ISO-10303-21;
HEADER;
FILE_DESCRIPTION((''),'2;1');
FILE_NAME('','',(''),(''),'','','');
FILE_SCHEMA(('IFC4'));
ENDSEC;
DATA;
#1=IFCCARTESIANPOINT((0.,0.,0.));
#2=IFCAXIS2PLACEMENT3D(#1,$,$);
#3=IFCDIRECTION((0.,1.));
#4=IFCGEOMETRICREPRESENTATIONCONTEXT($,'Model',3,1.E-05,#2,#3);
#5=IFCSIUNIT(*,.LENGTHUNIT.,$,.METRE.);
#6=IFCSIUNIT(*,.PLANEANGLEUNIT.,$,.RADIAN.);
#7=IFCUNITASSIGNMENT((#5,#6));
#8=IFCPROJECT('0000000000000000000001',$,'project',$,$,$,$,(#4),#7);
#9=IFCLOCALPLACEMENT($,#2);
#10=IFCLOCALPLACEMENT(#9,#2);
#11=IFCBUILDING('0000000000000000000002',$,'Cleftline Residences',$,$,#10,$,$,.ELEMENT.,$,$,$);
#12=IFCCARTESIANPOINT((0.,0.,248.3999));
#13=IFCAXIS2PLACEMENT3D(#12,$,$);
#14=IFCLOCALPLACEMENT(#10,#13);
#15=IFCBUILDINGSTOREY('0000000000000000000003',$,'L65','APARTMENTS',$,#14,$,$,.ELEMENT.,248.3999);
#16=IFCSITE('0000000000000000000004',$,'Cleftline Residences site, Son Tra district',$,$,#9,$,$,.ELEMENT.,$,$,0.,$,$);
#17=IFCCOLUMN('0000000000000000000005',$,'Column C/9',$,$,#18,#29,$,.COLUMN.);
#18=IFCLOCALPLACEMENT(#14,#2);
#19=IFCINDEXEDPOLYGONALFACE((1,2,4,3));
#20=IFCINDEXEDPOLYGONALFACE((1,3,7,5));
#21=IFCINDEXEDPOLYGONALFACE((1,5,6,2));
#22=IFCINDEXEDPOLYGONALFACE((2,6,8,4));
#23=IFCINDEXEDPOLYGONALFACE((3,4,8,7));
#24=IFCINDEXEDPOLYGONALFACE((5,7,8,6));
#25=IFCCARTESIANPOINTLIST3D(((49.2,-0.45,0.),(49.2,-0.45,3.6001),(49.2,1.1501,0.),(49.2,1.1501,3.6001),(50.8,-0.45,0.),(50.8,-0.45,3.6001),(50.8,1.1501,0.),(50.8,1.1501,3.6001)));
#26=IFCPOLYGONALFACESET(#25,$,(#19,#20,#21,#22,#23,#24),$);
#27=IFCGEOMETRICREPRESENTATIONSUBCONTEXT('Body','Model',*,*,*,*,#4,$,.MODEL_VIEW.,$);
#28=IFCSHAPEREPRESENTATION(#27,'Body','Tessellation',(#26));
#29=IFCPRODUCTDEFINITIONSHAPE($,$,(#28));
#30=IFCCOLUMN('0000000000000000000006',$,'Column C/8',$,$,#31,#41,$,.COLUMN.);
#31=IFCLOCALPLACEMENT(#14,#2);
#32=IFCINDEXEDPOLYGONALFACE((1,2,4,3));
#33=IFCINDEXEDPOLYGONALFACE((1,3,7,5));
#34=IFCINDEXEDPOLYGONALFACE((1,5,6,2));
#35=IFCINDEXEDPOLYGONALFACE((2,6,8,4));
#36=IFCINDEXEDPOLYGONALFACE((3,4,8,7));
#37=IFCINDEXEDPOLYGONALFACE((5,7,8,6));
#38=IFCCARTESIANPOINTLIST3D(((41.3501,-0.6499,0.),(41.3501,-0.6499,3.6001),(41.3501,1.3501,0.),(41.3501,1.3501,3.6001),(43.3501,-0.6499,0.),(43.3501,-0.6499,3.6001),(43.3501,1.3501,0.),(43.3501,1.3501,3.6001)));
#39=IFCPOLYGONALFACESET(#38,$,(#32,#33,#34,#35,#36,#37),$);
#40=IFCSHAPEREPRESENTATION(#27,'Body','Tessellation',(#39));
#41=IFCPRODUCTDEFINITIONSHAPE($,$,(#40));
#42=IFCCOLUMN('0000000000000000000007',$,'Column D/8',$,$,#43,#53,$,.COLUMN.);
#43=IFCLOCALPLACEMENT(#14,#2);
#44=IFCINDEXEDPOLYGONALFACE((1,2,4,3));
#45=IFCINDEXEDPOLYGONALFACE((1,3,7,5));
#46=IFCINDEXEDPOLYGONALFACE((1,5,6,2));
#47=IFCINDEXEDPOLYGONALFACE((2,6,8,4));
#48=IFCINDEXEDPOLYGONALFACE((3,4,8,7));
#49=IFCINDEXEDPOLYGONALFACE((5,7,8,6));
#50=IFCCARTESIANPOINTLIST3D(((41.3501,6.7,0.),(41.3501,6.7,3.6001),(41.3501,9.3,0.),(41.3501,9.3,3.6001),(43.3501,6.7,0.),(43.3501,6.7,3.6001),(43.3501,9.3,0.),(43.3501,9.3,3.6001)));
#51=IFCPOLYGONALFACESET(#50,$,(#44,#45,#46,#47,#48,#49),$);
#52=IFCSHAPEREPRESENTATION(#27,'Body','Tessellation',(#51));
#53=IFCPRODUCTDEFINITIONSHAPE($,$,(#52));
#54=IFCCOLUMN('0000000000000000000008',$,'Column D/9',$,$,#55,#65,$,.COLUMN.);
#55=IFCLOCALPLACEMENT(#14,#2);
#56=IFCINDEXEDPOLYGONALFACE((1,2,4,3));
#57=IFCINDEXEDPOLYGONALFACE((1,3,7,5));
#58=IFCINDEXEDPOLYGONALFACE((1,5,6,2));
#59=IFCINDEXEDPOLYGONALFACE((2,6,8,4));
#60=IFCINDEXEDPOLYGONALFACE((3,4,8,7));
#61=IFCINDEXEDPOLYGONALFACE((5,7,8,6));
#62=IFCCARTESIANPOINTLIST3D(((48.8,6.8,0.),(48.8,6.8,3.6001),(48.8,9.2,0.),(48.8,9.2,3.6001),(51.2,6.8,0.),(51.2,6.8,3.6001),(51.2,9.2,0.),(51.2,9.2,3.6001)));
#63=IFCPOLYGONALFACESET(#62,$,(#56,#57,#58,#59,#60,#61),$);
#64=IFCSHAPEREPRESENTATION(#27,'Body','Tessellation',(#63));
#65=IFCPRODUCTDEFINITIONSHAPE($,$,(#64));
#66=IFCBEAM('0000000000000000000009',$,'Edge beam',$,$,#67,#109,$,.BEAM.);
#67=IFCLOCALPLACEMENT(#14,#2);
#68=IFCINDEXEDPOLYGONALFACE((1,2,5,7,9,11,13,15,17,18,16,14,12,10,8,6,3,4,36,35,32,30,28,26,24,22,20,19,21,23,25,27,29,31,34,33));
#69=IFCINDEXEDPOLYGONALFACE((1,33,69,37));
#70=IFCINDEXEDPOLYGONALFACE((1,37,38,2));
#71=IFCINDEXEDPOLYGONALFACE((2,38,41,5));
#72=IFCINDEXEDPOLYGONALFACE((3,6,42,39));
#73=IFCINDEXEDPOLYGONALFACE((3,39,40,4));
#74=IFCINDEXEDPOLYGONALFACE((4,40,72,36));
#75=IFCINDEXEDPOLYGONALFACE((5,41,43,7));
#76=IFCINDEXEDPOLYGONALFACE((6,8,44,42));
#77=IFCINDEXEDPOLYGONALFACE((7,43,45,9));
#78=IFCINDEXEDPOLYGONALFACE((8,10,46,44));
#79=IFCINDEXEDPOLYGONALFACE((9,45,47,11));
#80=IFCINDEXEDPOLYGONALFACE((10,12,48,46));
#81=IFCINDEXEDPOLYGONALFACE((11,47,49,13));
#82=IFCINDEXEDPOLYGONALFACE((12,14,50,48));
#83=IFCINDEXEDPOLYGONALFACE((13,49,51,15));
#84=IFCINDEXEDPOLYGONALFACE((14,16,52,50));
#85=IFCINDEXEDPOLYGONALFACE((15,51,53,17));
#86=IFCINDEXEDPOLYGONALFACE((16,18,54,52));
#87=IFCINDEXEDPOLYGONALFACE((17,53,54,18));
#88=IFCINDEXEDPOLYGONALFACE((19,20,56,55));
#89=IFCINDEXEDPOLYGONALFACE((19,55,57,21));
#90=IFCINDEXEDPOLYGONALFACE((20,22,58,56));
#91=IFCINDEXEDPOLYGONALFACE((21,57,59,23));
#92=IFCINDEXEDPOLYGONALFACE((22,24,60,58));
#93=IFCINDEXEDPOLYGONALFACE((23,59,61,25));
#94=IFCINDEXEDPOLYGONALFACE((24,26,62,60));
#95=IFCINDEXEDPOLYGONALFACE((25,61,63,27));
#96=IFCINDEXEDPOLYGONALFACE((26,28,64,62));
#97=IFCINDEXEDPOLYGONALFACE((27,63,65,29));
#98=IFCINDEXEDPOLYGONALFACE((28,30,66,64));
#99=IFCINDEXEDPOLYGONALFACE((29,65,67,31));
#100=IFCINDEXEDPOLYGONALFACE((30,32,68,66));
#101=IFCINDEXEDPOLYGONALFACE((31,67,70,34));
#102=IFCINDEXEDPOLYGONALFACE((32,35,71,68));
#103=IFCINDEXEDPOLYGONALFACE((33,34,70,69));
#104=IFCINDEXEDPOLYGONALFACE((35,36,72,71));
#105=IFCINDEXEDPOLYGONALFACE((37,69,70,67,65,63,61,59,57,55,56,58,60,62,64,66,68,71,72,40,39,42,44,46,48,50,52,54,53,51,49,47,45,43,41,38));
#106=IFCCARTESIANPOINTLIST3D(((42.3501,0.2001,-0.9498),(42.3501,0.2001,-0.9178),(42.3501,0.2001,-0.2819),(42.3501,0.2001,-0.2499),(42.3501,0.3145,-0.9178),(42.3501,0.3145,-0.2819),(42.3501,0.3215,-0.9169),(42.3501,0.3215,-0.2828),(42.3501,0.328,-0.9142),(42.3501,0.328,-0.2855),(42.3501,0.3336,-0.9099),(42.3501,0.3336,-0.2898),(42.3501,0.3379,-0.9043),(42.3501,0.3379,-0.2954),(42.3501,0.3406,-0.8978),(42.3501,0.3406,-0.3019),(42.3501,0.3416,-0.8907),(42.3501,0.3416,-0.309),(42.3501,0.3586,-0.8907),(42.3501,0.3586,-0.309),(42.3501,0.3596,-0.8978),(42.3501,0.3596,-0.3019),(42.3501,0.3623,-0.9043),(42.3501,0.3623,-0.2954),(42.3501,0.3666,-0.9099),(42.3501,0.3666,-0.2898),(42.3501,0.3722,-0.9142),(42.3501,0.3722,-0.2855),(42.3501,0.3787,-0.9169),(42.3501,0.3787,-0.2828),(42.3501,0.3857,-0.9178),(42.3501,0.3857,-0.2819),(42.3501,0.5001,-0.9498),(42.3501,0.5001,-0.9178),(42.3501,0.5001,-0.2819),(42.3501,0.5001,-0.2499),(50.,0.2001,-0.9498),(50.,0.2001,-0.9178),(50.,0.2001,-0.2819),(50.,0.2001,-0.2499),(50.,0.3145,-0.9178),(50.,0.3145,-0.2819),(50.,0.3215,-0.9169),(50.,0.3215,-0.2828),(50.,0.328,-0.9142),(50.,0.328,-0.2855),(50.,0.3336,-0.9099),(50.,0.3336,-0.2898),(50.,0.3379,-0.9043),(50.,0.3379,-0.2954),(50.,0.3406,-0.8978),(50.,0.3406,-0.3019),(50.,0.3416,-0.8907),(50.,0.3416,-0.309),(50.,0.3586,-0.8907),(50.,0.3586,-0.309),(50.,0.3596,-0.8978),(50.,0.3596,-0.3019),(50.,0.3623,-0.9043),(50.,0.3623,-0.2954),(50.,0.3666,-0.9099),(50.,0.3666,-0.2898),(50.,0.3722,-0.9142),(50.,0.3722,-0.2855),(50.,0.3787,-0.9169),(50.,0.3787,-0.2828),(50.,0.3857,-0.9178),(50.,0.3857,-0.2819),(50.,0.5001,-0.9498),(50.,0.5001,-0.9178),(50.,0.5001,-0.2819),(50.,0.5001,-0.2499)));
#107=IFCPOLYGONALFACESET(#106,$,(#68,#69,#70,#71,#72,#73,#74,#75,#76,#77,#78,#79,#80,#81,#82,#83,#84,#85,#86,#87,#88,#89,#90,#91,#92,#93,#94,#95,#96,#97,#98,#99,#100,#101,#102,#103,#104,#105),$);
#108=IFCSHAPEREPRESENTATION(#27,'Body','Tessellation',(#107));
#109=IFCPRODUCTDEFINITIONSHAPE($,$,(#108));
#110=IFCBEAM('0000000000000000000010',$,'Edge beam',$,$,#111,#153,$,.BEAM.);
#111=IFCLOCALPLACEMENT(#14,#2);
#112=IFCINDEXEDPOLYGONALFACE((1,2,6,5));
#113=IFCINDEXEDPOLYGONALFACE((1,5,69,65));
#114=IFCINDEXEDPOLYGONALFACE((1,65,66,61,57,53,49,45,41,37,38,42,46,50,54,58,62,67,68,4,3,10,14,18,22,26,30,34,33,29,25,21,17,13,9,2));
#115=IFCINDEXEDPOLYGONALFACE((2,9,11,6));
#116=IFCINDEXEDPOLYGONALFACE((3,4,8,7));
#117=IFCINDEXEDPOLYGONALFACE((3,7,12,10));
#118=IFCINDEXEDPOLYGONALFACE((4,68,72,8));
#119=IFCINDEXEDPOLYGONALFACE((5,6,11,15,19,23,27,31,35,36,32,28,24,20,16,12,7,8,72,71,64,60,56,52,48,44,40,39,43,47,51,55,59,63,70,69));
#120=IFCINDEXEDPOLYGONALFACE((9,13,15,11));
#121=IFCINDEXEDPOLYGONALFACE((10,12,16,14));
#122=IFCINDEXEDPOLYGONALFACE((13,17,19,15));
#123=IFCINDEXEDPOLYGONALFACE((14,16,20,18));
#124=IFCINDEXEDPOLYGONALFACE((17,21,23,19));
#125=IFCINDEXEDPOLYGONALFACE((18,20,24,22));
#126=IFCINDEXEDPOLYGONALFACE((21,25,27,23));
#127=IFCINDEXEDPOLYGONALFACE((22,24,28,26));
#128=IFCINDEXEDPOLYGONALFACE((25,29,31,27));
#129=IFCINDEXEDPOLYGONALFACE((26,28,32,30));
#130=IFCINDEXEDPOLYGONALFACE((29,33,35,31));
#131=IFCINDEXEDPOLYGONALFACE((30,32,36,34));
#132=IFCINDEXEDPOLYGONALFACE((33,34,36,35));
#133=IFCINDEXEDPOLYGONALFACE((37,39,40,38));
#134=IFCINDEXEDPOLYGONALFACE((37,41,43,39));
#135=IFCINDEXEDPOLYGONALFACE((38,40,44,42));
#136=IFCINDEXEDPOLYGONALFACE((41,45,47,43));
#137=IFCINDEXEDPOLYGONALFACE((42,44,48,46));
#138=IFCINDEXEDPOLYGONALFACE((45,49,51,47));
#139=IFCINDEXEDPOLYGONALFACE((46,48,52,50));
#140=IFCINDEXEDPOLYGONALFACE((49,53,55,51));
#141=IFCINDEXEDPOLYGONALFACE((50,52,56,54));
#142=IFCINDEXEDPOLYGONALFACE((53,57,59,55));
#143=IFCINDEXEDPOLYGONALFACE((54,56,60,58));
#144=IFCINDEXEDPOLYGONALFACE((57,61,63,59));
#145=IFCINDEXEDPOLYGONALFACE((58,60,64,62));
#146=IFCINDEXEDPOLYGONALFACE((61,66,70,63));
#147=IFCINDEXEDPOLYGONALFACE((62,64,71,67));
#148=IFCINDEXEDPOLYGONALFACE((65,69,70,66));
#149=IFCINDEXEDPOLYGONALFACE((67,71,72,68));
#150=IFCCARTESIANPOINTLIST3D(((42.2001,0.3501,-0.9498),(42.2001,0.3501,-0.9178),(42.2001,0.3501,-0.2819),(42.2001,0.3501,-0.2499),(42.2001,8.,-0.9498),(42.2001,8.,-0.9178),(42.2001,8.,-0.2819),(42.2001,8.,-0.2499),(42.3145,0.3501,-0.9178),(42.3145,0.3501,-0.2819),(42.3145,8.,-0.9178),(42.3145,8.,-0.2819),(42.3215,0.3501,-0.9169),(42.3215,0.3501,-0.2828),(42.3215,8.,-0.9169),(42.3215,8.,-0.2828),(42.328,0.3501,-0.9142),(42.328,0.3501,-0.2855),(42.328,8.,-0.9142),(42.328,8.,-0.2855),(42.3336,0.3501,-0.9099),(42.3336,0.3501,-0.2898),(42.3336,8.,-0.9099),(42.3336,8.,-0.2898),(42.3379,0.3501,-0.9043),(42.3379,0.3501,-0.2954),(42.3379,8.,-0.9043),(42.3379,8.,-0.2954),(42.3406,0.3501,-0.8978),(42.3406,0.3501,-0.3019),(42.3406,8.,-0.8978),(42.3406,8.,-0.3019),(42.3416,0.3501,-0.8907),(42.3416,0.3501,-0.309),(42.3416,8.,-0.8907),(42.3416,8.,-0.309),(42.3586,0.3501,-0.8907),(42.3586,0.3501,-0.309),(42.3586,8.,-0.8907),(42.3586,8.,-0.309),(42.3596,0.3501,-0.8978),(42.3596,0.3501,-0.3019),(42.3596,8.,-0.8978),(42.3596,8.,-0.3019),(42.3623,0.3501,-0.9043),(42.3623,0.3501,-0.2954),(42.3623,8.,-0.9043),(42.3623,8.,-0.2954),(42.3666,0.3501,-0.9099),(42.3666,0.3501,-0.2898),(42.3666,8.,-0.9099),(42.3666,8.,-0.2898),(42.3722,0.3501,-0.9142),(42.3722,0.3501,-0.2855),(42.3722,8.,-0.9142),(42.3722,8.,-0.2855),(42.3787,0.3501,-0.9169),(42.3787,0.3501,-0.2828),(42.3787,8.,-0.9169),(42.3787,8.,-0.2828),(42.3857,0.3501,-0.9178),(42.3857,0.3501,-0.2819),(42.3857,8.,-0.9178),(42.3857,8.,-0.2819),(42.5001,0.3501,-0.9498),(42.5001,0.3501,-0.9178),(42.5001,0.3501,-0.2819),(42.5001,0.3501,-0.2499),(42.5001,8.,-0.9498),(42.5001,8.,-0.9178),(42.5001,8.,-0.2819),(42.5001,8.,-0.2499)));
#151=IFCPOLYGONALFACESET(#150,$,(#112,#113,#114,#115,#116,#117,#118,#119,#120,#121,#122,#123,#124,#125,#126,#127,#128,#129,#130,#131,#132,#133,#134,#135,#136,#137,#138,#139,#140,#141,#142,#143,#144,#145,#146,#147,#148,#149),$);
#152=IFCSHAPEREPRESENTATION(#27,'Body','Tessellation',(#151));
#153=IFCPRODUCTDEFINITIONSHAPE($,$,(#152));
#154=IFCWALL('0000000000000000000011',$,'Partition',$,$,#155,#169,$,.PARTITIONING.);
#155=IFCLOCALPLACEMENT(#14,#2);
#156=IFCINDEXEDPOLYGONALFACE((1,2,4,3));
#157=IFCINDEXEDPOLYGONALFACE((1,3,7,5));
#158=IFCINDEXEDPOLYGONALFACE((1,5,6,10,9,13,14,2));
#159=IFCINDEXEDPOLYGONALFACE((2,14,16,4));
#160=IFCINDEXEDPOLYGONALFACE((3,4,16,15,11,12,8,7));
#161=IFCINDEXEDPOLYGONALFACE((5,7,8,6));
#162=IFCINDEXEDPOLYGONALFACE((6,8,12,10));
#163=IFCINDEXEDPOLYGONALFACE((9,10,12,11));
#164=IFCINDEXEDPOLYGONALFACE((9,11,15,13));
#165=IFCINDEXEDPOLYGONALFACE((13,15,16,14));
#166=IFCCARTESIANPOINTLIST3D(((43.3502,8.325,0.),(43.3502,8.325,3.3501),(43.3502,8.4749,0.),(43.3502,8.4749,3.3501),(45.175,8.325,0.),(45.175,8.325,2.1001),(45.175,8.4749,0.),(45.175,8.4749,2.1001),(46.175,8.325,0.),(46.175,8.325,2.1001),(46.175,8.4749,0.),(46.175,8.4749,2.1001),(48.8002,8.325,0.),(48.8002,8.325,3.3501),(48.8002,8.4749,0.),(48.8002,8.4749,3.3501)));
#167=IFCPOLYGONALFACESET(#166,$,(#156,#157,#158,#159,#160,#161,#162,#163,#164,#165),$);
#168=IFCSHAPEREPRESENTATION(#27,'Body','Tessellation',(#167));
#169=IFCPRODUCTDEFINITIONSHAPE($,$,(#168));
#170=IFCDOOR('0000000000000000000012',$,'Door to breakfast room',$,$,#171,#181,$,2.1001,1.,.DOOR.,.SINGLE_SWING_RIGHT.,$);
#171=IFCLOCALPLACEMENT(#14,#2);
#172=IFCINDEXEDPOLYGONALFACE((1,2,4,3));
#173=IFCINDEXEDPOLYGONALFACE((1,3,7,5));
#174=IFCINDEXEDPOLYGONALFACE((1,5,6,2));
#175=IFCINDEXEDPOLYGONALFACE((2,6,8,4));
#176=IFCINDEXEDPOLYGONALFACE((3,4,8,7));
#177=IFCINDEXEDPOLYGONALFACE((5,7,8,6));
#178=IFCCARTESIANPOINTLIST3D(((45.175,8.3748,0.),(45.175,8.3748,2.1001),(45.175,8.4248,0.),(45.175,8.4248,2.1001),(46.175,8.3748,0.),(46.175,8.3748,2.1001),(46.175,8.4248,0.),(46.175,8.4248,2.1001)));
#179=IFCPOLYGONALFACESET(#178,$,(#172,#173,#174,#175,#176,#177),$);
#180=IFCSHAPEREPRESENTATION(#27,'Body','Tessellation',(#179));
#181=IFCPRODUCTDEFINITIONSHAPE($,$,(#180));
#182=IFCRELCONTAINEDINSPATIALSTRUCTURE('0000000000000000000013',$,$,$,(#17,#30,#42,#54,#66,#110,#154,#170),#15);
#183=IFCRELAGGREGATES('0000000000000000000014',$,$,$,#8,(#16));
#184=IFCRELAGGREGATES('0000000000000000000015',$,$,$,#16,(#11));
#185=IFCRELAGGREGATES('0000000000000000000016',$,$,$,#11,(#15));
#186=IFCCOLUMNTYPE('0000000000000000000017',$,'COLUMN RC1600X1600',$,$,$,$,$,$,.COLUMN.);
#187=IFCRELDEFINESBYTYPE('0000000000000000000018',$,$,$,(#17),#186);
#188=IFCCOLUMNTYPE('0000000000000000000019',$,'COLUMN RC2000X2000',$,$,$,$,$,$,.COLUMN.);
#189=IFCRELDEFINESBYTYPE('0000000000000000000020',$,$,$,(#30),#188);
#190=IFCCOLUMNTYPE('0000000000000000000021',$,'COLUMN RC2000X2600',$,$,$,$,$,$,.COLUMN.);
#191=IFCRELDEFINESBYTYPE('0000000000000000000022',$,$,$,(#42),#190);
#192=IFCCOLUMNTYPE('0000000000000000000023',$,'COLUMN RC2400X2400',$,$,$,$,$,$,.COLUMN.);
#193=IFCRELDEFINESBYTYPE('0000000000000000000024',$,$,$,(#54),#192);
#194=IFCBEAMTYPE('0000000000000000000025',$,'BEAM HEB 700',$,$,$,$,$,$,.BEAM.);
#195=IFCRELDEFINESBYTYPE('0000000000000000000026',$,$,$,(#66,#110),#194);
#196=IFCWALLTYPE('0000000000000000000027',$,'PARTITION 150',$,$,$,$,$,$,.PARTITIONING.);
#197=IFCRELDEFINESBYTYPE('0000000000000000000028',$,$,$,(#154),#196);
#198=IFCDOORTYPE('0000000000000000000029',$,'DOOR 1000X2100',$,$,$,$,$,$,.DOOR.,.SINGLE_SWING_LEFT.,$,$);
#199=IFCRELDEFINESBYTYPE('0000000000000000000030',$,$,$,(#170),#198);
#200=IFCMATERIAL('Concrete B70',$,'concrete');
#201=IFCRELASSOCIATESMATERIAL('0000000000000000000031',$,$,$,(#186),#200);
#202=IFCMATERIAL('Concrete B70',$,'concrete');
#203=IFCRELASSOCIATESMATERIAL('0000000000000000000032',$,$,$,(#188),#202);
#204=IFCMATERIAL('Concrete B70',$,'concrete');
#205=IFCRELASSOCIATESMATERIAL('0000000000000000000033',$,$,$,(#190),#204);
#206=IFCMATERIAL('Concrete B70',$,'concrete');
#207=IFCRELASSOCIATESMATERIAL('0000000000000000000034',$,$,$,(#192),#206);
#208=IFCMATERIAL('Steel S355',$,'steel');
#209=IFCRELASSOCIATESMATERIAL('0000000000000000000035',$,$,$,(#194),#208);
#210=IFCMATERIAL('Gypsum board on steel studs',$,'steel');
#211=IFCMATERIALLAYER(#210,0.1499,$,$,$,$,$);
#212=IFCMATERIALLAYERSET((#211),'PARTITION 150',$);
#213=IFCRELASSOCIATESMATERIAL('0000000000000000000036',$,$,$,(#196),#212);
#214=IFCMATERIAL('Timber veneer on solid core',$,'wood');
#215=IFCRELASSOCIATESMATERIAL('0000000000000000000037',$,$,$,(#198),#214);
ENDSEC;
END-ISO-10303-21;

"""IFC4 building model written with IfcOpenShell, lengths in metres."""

from ifc_helpers import new_model, si_unit, direction, frame, frame_2d, origin, origin_2d, place, context, subcontext, project, spatial, rectangle, i_section, extrude, material, layer, layer_set, material_profile, profile_set, type_object, element, fill, save


model = new_model("IFC4")

# Units and contexts
model_context = context("Model", 3, precision=1e-05, world=origin(), true_north=direction((0.0, 1.0)))
body_context = subcontext(model_context, "Body", "Model", "MODEL_VIEW")
ifc_project = project(units=[si_unit("LENGTHUNIT", "METRE"), si_unit("PLANEANGLEUNIT", "RADIAN")], contexts=[model_context])

# Site, building, storey
site_placement = place(None, origin())
site = spatial("IfcSite", under=ifc_project, at=site_placement, Name="Cleftline Residences site, Son Tra district", CompositionType="ELEMENT", RefElevation=0.0)
building_placement = place(site_placement, origin())
building = spatial("IfcBuilding", under=site, at=building_placement, Name="Cleftline Residences", CompositionType="ELEMENT")
storey_placement = place(building_placement, frame((0.0, 0.0, 248.3999)))
storey = spatial("IfcBuildingStorey", under=building, at=storey_placement, Name="L65", Description="APARTMENTS", CompositionType="ELEMENT", Elevation=248.3999)

# Columns
ifc_material_1 = material(Name="Concrete B70", Category="concrete")
ifc_material_profile_1 = material_profile(ifc_material_1, rectangle(XDim=1.6001, YDim=1.6001, at=origin_2d()))
ifc_profile_set_1 = profile_set([ifc_material_profile_1], Name="Concrete B70")
column_type_1 = type_object("IfcColumnType", Name="COLUMN RC1600X1600", PredefinedType="COLUMN", material=ifc_profile_set_1)
column_1_placement = place(storey_placement, frame((50.0, 0.3501, 0.0), z_axis=(0.0, 0.0, 1.0), x_axis=(1.0, 0.0, 0.0)))
element("IfcColumn", 1, at=column_1_placement, inside=storey, type_object=column_type_1, Name="Column C/9", PredefinedType="COLUMN", context=body_context, shape_type="SweptSolid", body=[
    extrude(rectangle(XDim=1.6001, YDim=1.6001, at=origin_2d()), origin(), (0.0, 0.0, 1.0), 3.6001),
])
ifc_material_2 = material(Name="Concrete B70", Category="concrete")
ifc_material_profile_2 = material_profile(ifc_material_2, rectangle(XDim=2.0, YDim=2.0, at=origin_2d()))
ifc_profile_set_2 = profile_set([ifc_material_profile_2], Name="Concrete B70")
column_type_2 = type_object("IfcColumnType", Name="COLUMN RC2000X2000", PredefinedType="COLUMN", material=ifc_profile_set_2)
column_2_placement = place(storey_placement, frame((42.3501, 0.3501, 0.0), z_axis=(0.0, 0.0, 1.0), x_axis=(1.0, 0.0, 0.0)))
element("IfcColumn", 2, at=column_2_placement, inside=storey, type_object=column_type_2, Name="Column C/8", PredefinedType="COLUMN", context=body_context, shape_type="SweptSolid", body=[
    extrude(rectangle(XDim=2.0, YDim=2.0, at=origin_2d()), origin(), (0.0, 0.0, 1.0), 3.6001),
])
ifc_material_3 = material(Name="Concrete B70", Category="concrete")
ifc_material_profile_3 = material_profile(ifc_material_3, rectangle(XDim=2.0, YDim=2.6001, at=origin_2d()))
ifc_profile_set_3 = profile_set([ifc_material_profile_3], Name="Concrete B70")
column_type_3 = type_object("IfcColumnType", Name="COLUMN RC2000X2600", PredefinedType="COLUMN", material=ifc_profile_set_3)
column_3_placement = place(storey_placement, frame((42.3501, 8.0, 0.0), z_axis=(0.0, 0.0, 1.0), x_axis=(1.0, 0.0, 0.0)))
element("IfcColumn", 3, at=column_3_placement, inside=storey, type_object=column_type_3, Name="Column D/8", PredefinedType="COLUMN", context=body_context, shape_type="SweptSolid", body=[
    extrude(rectangle(XDim=2.0, YDim=2.6001, at=origin_2d()), origin(), (0.0, 0.0, 1.0), 3.6001),
])
ifc_material_4 = material(Name="Concrete B70", Category="concrete")
ifc_material_profile_4 = material_profile(ifc_material_4, rectangle(XDim=2.3999, YDim=2.3999, at=origin_2d()))
ifc_profile_set_4 = profile_set([ifc_material_profile_4], Name="Concrete B70")
column_type_4 = type_object("IfcColumnType", Name="COLUMN RC2400X2400", PredefinedType="COLUMN", material=ifc_profile_set_4)
column_4_placement = place(storey_placement, frame((50.0, 8.0, 0.0), z_axis=(0.0, 0.0, 1.0), x_axis=(1.0, 0.0, 0.0)))
element("IfcColumn", 4, at=column_4_placement, inside=storey, type_object=column_type_4, Name="Column D/9", PredefinedType="COLUMN", context=body_context, shape_type="SweptSolid", body=[
    extrude(rectangle(XDim=2.3999, YDim=2.3999, at=origin_2d()), origin(), (0.0, 0.0, 1.0), 3.6001),
])

# Beams
ifc_material_5 = material(Name="Steel S355", Category="steel")
ifc_material_profile_5 = material_profile(ifc_material_5, i_section(OverallWidth=0.3, OverallDepth=0.7, WebThickness=0.0171, FlangeThickness=0.032, FilletRadius=0.0271, at=origin_2d()))
ifc_profile_set_5 = profile_set([ifc_material_profile_5], Name="Steel S355")
beam_type = type_object("IfcBeamType", Name="BEAM HEB 700", PredefinedType="BEAM", material=ifc_profile_set_5)
for number, where, z_axis, x_axis, name in (
    (5, (50.0, 0.3501, -0.5999), (-1.0, 0.0, 0.0), (0.0, -1.0, 0.0), "Edge beam"),
    (6, (42.3501, 0.3501, -0.5999), (0.0, 1.0, 0.0), (-1.0, 0.0, 0.0), "Edge beam"),
):
    element("IfcBeam", number, at=place(storey_placement, frame(where, z_axis=z_axis, x_axis=x_axis)), inside=storey, type_object=beam_type, Name=name, PredefinedType="BEAM", context=body_context, shape_type="SweptSolid", body=[
        extrude(i_section(OverallWidth=0.3, OverallDepth=0.7, WebThickness=0.0171, FlangeThickness=0.032, FilletRadius=0.0271, at=origin_2d()), origin(), (0.0, 0.0, 1.0), 7.6499),
    ])

# Wall, opening, door
ifc_material_6 = material(Name="Gypsum board on steel studs", Category="steel")
ifc_layer_1 = layer(ifc_material_6, 0.1499)
ifc_layer_set_1 = layer_set([ifc_layer_1], Name="PARTITION 150")
wall_type_1 = type_object("IfcWallType", Name="PARTITION 150", PredefinedType="PARTITIONING", material=ifc_layer_set_1)
wall_1_placement = place(storey_placement, frame((43.3501, 8.3999, 0.0), z_axis=(0.0, 0.0, 1.0), x_axis=(1.0, 0.0, 0.0)))
wall_1 = element("IfcWall", 7, at=wall_1_placement, inside=storey, type_object=wall_type_1, Name="Partition", PredefinedType="PARTITIONING", context=body_context, shape_type="SweptSolid", body=[
    extrude(rectangle(XDim=5.45, YDim=0.1499, at=frame_2d((2.7251, 0.0))), origin(), (0.0, 0.0, 1.0), 3.3501),
])
opening_1_placement = place(wall_1_placement, frame((1.825, 0.0, 0.0)))
opening_1 = element("IfcOpeningElement", 8, at=opening_1_placement, cuts=wall_1, PredefinedType="OPENING", context=body_context, shape_type="SweptSolid", body=[
    extrude(rectangle(XDim=1.0, YDim=2.1001, at=frame_2d((0.5, 1.05))), frame((0.0, 0.085, 0.0), z_axis=(0.0, -1.0, 0.0), x_axis=(1.0, 0.0, 0.0)), (0.0, 0.0, 1.0), 0.1699),
])
ifc_material_7 = material(Name="Timber veneer on solid core", Category="wood")
door_type_1 = type_object("IfcDoorType", Name="DOOR 1000X2100", OperationType="SINGLE_SWING_LEFT", PredefinedType="DOOR", material=ifc_material_7)
door_1_placement = place(opening_1_placement, origin())
door_1 = element("IfcDoor", 9, at=door_1_placement, inside=storey, type_object=door_type_1, Name="Door to breakfast room", OperationType="SINGLE_SWING_RIGHT", OverallHeight=2.1001, OverallWidth=1.0, PredefinedType="DOOR", context=body_context, shape_type="SweptSolid", body=[
    extrude(rectangle(XDim=1.0, YDim=2.1001, at=frame_2d((0.5, 1.05))), frame((0.0, 0.0249, 0.0), z_axis=(0.0, -1.0, 0.0), x_axis=(1.0, 0.0, 0.0)), (0.0, 0.0, 1.0), 0.05),
])
fill(opening_1, door_1)

save(model, "model.ifc")
